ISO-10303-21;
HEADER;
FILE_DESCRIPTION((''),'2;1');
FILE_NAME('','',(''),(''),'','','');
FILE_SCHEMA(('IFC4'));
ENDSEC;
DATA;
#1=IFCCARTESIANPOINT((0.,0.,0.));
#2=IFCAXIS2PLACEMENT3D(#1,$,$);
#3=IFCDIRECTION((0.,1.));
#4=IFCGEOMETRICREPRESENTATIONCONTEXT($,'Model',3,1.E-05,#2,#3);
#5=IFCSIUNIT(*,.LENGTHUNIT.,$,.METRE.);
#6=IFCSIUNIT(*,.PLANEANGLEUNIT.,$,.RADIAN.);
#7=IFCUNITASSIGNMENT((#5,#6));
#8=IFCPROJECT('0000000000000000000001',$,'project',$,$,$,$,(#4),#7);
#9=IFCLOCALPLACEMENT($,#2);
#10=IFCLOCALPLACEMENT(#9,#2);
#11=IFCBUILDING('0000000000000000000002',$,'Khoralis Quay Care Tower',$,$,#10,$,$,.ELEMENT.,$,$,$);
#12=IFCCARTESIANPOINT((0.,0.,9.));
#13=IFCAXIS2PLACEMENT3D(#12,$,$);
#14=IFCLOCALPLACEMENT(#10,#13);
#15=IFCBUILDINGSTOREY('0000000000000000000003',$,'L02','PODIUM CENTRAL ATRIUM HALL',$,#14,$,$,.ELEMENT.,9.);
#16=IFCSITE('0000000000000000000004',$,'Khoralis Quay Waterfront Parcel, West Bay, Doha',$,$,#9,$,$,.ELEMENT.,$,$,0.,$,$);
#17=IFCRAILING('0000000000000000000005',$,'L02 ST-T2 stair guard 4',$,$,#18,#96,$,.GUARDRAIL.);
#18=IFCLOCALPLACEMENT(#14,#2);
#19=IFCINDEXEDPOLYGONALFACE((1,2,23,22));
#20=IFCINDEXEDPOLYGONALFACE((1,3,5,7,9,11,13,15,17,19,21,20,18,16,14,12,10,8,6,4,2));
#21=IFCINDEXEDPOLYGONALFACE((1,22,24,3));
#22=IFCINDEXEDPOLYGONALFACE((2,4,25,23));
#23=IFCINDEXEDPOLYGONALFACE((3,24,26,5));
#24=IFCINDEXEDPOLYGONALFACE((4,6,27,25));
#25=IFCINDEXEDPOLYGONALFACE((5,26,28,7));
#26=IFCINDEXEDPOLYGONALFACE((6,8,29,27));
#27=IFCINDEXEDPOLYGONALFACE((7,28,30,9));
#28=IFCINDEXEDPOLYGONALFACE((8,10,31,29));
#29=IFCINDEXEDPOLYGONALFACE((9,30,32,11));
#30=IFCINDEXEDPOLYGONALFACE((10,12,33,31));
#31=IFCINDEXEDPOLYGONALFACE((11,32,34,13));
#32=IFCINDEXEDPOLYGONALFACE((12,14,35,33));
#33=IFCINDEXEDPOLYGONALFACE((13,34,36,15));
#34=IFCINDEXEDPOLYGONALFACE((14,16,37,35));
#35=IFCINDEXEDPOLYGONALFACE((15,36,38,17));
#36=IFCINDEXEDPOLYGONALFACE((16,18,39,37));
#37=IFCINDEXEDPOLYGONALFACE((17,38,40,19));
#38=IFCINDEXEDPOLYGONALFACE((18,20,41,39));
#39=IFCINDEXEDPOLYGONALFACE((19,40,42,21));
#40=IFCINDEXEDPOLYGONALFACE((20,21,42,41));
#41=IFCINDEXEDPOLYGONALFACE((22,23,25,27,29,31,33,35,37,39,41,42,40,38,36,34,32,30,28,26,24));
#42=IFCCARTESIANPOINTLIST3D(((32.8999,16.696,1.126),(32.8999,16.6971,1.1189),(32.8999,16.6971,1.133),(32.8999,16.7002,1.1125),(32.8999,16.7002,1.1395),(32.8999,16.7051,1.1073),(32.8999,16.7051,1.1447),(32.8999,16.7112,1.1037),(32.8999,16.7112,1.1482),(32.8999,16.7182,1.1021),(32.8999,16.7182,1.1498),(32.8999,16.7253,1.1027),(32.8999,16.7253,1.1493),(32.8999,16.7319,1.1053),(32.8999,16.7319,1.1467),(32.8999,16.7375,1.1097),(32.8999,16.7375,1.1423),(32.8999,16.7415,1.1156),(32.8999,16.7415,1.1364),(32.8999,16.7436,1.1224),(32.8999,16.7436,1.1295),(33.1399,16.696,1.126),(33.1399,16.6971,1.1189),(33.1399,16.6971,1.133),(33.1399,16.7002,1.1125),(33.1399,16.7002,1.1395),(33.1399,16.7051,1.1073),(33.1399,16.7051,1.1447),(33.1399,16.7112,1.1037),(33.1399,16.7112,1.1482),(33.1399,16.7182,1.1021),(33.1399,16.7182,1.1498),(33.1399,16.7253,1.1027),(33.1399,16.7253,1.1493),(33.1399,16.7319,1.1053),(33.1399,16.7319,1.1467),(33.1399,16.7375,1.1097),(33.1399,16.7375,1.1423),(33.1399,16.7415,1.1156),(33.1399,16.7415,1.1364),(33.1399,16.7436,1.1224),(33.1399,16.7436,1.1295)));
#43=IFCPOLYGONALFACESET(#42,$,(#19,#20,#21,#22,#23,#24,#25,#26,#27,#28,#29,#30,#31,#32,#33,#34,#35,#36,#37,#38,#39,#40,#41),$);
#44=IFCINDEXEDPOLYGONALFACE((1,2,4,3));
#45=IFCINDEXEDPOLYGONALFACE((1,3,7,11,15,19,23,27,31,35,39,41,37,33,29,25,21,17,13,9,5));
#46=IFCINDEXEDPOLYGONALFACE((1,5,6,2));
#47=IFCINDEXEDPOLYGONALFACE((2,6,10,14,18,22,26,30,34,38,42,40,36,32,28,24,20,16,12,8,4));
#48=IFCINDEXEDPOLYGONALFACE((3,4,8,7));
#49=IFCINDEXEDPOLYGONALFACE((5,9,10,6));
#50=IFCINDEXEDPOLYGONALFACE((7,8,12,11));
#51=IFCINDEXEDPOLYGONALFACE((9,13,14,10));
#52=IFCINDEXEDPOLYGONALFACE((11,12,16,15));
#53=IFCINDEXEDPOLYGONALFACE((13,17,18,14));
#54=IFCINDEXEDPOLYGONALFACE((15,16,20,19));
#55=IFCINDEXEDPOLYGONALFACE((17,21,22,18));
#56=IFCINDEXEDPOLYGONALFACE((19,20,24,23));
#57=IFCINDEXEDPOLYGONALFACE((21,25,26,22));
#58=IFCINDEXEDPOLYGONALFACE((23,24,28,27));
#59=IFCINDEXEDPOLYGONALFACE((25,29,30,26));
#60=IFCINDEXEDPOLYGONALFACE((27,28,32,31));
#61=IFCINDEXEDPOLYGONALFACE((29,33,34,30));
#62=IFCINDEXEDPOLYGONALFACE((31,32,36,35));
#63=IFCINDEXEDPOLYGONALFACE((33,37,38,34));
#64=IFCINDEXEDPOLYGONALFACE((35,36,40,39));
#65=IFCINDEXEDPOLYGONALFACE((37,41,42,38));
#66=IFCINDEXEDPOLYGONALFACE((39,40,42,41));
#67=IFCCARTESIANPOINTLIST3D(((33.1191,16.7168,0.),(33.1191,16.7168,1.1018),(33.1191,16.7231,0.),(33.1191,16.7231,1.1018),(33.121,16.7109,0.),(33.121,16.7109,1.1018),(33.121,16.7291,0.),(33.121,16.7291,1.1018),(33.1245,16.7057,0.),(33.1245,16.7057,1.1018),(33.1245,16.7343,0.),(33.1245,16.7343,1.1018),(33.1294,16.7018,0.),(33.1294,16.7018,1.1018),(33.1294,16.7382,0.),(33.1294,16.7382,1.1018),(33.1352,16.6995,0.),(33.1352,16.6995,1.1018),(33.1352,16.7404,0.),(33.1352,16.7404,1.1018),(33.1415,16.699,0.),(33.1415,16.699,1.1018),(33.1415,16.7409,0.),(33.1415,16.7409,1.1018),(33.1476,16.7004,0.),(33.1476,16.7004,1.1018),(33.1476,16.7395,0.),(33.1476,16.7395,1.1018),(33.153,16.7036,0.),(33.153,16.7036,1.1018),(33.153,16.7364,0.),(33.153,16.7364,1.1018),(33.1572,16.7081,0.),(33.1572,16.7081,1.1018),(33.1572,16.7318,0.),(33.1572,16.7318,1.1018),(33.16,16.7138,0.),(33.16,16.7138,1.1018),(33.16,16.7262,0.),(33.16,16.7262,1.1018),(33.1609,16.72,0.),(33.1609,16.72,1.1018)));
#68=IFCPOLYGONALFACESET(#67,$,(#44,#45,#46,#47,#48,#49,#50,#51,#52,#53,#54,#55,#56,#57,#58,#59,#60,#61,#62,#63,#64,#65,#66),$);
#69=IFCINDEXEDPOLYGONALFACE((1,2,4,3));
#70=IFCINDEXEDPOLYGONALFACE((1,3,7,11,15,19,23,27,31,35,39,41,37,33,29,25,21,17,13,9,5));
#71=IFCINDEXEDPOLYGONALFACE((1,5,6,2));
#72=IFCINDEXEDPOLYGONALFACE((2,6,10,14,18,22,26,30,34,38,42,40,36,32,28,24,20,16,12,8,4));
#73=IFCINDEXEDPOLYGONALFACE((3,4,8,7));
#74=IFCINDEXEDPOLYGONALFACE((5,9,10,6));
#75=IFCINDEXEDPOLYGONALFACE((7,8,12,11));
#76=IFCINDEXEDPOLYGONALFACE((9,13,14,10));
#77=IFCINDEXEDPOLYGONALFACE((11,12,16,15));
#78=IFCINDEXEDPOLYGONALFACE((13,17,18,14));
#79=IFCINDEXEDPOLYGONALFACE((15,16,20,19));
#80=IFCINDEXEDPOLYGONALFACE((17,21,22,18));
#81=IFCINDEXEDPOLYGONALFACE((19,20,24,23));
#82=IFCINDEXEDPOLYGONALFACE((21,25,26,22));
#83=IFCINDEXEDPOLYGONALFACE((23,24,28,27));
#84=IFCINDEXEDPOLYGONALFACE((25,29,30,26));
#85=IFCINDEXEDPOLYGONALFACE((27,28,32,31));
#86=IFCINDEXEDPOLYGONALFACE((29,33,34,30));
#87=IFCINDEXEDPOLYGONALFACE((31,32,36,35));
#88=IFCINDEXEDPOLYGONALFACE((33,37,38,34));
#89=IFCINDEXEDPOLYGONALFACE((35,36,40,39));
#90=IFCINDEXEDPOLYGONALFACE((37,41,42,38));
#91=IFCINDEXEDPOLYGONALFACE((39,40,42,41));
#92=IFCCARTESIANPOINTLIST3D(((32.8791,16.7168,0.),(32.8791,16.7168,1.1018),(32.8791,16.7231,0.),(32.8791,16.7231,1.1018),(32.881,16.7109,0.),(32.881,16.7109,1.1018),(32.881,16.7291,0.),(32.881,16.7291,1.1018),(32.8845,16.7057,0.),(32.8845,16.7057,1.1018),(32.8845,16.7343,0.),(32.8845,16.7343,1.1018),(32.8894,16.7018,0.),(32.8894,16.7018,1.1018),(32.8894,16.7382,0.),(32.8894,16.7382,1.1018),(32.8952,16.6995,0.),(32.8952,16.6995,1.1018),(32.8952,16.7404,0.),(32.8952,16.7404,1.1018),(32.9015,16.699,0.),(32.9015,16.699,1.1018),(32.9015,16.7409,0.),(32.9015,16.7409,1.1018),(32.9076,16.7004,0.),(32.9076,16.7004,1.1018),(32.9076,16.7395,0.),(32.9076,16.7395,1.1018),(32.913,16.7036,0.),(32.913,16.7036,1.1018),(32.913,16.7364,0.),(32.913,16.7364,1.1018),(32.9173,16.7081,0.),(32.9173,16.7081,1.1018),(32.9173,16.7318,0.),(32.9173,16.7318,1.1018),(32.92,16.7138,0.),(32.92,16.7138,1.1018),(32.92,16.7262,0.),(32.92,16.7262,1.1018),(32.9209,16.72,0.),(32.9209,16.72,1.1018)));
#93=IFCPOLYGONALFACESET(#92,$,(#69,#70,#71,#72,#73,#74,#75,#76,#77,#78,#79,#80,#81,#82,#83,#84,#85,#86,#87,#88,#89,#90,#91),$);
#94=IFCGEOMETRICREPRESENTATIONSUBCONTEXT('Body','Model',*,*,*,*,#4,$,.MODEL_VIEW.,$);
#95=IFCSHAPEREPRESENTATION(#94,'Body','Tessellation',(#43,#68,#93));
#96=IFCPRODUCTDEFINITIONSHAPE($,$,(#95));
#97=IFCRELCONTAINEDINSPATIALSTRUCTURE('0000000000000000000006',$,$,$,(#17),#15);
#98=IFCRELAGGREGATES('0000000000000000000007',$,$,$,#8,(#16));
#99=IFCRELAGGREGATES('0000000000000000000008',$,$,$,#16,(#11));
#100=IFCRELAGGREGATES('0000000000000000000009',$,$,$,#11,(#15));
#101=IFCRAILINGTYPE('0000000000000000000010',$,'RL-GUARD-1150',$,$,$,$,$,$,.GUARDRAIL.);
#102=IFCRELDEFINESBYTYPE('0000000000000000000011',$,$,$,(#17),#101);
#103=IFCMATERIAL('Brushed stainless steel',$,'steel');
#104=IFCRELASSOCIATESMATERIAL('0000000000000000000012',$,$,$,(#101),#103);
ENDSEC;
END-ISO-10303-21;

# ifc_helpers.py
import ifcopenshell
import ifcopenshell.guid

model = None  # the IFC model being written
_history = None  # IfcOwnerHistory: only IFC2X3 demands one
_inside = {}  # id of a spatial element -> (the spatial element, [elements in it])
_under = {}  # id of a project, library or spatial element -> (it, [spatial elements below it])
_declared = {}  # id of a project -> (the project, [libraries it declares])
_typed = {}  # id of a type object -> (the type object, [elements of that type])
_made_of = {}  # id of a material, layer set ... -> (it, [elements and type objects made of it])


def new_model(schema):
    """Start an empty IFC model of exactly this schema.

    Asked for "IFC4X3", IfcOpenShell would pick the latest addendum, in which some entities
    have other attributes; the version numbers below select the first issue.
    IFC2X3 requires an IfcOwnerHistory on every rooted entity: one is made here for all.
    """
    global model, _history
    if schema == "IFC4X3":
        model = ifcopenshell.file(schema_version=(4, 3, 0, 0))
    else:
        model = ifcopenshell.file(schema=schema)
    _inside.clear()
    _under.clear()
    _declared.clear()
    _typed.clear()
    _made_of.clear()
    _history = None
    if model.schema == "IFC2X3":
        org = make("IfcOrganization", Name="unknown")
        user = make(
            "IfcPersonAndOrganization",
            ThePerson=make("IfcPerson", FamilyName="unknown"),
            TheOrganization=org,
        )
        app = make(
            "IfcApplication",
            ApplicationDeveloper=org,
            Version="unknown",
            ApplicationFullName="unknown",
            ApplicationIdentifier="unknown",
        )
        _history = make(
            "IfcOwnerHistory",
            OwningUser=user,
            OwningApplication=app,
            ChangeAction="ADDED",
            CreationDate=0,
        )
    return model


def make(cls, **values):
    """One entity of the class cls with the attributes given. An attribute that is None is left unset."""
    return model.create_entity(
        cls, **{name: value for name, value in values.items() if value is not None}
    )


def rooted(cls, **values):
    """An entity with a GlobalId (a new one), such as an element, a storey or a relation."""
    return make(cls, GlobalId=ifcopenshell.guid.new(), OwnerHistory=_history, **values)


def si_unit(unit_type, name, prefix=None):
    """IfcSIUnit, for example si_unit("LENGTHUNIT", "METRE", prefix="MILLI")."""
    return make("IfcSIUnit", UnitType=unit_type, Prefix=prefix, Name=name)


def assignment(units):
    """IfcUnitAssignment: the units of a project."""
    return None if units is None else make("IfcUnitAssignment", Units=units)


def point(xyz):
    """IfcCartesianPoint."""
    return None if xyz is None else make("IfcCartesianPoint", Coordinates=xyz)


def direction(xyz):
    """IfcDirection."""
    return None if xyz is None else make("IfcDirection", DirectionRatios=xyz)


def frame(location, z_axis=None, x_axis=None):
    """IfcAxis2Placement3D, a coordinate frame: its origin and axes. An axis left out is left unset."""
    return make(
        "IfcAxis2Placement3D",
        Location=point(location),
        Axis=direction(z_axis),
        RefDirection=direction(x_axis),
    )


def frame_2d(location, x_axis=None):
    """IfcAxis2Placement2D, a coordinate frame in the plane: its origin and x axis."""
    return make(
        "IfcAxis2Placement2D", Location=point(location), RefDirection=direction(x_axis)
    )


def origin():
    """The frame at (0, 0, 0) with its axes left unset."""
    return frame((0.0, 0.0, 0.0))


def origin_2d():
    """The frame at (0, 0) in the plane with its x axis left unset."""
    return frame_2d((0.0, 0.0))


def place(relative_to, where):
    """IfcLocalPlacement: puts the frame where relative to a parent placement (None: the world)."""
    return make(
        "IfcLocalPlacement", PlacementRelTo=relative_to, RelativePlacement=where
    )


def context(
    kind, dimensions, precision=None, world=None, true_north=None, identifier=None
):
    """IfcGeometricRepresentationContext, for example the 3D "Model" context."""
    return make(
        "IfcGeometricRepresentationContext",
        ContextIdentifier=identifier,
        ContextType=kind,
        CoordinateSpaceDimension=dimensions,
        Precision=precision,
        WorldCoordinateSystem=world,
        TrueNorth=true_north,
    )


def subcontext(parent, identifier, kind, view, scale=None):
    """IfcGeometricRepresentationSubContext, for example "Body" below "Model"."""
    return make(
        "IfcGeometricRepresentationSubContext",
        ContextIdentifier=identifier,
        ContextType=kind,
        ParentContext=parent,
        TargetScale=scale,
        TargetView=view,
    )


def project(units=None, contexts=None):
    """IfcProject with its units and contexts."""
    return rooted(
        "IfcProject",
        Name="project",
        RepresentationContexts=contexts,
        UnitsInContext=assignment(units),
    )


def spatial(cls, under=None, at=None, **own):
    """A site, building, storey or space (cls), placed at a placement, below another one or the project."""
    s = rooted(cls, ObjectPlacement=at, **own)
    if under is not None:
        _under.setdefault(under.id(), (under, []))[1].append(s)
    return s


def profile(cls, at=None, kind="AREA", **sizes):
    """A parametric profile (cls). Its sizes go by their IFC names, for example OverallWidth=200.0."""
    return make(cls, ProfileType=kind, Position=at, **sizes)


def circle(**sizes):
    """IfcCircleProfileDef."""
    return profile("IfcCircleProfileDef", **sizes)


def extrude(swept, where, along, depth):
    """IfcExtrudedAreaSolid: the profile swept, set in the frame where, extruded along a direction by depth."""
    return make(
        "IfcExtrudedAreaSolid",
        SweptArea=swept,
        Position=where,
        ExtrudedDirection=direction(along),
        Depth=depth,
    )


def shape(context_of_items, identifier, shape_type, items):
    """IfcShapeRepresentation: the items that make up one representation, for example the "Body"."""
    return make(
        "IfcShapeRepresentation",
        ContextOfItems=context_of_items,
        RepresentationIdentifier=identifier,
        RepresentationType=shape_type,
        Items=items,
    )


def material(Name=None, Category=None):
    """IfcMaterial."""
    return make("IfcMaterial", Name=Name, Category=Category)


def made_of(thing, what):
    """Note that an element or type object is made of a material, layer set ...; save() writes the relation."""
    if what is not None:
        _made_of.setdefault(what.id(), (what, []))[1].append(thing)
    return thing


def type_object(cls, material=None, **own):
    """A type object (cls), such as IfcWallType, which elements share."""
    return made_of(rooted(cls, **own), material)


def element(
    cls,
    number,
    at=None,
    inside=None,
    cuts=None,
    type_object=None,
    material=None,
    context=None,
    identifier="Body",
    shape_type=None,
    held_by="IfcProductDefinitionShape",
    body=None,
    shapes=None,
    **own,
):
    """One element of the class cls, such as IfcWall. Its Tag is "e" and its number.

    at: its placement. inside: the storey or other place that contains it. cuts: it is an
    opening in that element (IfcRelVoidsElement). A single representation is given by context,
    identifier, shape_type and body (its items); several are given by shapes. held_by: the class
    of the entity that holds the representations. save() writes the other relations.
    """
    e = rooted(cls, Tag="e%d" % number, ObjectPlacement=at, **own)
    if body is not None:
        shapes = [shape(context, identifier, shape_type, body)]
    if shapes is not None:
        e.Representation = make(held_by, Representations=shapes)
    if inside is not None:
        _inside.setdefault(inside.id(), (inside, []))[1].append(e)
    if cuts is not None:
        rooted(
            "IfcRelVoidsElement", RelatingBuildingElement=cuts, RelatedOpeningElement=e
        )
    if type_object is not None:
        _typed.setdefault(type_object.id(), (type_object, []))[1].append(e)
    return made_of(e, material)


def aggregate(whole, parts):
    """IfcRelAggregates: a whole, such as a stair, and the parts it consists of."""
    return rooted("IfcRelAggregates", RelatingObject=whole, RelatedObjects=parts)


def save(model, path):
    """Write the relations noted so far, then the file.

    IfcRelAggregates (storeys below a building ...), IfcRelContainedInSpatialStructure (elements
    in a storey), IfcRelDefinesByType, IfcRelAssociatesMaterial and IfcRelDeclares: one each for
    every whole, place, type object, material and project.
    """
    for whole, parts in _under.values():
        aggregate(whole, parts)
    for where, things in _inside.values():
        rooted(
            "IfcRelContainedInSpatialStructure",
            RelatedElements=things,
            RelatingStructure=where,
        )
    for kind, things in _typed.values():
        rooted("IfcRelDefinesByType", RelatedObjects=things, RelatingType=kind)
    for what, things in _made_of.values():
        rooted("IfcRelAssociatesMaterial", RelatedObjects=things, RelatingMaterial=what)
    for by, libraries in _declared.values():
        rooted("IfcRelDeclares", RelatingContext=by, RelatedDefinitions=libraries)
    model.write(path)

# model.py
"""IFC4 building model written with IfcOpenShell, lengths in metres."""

from ifc_helpers import new_model, si_unit, direction, frame, origin, origin_2d, place, context, subcontext, project, spatial, circle, extrude, material, type_object, element, save


model = new_model("IFC4")

# Units and contexts
model_context = context("Model", 3, precision=1e-05, world=origin(), true_north=direction((0.0, 1.0)))
body_context = subcontext(model_context, "Body", "Model", "MODEL_VIEW")
ifc_project = project(units=[si_unit("LENGTHUNIT", "METRE"), si_unit("PLANEANGLEUNIT", "RADIAN")], contexts=[model_context])

# Site, building, storey
site_placement = place(None, origin())
site = spatial("IfcSite", under=ifc_project, at=site_placement, Name="Khoralis Quay Waterfront Parcel, West Bay, Doha", CompositionType="ELEMENT", RefElevation=0.0)
building_placement = place(site_placement, origin())
building = spatial("IfcBuilding", under=site, at=building_placement, Name="Khoralis Quay Care Tower", CompositionType="ELEMENT")
storey_placement = place(building_placement, frame((0.0, 0.0, 9.0)))
storey = spatial("IfcBuildingStorey", under=building, at=storey_placement, Name="L02", Description="PODIUM CENTRAL ATRIUM HALL", CompositionType="ELEMENT", Elevation=9.0)

# Shared definitions
ifc_material_1 = material(Name="Brushed stainless steel", Category="steel")

# Railing
railing_type_1 = type_object("IfcRailingType", Name="RL-GUARD-1150", PredefinedType="GUARDRAIL", material=ifc_material_1)
railing_1_placement = place(storey_placement, frame((33.1399, 16.72, 0.0)))
element("IfcRailing", 1, at=railing_1_placement, inside=storey, type_object=railing_type_1, Name="L02 ST-T2 stair guard 4", PredefinedType="GUARDRAIL", context=body_context, shape_type="SweptSolid", body=[
    extrude(circle(Radius=0.0239, at=origin_2d()), frame((0.0, 0.0, 1.126), z_axis=(-1.0, 0.0, 0.0), x_axis=(0.0, -1.0, 0.0)), (0.0, 0.0, 1.0), 0.24),
    extrude(circle(Radius=0.021, at=origin_2d()), origin(), (0.0, 0.0, 1.0), 1.1018),
    extrude(circle(Radius=0.021, at=origin_2d()), frame((-0.24, 0.0, 0.0)), (0.0, 0.0, 1.0), 1.1018),
])

save(model, "model.ifc")
